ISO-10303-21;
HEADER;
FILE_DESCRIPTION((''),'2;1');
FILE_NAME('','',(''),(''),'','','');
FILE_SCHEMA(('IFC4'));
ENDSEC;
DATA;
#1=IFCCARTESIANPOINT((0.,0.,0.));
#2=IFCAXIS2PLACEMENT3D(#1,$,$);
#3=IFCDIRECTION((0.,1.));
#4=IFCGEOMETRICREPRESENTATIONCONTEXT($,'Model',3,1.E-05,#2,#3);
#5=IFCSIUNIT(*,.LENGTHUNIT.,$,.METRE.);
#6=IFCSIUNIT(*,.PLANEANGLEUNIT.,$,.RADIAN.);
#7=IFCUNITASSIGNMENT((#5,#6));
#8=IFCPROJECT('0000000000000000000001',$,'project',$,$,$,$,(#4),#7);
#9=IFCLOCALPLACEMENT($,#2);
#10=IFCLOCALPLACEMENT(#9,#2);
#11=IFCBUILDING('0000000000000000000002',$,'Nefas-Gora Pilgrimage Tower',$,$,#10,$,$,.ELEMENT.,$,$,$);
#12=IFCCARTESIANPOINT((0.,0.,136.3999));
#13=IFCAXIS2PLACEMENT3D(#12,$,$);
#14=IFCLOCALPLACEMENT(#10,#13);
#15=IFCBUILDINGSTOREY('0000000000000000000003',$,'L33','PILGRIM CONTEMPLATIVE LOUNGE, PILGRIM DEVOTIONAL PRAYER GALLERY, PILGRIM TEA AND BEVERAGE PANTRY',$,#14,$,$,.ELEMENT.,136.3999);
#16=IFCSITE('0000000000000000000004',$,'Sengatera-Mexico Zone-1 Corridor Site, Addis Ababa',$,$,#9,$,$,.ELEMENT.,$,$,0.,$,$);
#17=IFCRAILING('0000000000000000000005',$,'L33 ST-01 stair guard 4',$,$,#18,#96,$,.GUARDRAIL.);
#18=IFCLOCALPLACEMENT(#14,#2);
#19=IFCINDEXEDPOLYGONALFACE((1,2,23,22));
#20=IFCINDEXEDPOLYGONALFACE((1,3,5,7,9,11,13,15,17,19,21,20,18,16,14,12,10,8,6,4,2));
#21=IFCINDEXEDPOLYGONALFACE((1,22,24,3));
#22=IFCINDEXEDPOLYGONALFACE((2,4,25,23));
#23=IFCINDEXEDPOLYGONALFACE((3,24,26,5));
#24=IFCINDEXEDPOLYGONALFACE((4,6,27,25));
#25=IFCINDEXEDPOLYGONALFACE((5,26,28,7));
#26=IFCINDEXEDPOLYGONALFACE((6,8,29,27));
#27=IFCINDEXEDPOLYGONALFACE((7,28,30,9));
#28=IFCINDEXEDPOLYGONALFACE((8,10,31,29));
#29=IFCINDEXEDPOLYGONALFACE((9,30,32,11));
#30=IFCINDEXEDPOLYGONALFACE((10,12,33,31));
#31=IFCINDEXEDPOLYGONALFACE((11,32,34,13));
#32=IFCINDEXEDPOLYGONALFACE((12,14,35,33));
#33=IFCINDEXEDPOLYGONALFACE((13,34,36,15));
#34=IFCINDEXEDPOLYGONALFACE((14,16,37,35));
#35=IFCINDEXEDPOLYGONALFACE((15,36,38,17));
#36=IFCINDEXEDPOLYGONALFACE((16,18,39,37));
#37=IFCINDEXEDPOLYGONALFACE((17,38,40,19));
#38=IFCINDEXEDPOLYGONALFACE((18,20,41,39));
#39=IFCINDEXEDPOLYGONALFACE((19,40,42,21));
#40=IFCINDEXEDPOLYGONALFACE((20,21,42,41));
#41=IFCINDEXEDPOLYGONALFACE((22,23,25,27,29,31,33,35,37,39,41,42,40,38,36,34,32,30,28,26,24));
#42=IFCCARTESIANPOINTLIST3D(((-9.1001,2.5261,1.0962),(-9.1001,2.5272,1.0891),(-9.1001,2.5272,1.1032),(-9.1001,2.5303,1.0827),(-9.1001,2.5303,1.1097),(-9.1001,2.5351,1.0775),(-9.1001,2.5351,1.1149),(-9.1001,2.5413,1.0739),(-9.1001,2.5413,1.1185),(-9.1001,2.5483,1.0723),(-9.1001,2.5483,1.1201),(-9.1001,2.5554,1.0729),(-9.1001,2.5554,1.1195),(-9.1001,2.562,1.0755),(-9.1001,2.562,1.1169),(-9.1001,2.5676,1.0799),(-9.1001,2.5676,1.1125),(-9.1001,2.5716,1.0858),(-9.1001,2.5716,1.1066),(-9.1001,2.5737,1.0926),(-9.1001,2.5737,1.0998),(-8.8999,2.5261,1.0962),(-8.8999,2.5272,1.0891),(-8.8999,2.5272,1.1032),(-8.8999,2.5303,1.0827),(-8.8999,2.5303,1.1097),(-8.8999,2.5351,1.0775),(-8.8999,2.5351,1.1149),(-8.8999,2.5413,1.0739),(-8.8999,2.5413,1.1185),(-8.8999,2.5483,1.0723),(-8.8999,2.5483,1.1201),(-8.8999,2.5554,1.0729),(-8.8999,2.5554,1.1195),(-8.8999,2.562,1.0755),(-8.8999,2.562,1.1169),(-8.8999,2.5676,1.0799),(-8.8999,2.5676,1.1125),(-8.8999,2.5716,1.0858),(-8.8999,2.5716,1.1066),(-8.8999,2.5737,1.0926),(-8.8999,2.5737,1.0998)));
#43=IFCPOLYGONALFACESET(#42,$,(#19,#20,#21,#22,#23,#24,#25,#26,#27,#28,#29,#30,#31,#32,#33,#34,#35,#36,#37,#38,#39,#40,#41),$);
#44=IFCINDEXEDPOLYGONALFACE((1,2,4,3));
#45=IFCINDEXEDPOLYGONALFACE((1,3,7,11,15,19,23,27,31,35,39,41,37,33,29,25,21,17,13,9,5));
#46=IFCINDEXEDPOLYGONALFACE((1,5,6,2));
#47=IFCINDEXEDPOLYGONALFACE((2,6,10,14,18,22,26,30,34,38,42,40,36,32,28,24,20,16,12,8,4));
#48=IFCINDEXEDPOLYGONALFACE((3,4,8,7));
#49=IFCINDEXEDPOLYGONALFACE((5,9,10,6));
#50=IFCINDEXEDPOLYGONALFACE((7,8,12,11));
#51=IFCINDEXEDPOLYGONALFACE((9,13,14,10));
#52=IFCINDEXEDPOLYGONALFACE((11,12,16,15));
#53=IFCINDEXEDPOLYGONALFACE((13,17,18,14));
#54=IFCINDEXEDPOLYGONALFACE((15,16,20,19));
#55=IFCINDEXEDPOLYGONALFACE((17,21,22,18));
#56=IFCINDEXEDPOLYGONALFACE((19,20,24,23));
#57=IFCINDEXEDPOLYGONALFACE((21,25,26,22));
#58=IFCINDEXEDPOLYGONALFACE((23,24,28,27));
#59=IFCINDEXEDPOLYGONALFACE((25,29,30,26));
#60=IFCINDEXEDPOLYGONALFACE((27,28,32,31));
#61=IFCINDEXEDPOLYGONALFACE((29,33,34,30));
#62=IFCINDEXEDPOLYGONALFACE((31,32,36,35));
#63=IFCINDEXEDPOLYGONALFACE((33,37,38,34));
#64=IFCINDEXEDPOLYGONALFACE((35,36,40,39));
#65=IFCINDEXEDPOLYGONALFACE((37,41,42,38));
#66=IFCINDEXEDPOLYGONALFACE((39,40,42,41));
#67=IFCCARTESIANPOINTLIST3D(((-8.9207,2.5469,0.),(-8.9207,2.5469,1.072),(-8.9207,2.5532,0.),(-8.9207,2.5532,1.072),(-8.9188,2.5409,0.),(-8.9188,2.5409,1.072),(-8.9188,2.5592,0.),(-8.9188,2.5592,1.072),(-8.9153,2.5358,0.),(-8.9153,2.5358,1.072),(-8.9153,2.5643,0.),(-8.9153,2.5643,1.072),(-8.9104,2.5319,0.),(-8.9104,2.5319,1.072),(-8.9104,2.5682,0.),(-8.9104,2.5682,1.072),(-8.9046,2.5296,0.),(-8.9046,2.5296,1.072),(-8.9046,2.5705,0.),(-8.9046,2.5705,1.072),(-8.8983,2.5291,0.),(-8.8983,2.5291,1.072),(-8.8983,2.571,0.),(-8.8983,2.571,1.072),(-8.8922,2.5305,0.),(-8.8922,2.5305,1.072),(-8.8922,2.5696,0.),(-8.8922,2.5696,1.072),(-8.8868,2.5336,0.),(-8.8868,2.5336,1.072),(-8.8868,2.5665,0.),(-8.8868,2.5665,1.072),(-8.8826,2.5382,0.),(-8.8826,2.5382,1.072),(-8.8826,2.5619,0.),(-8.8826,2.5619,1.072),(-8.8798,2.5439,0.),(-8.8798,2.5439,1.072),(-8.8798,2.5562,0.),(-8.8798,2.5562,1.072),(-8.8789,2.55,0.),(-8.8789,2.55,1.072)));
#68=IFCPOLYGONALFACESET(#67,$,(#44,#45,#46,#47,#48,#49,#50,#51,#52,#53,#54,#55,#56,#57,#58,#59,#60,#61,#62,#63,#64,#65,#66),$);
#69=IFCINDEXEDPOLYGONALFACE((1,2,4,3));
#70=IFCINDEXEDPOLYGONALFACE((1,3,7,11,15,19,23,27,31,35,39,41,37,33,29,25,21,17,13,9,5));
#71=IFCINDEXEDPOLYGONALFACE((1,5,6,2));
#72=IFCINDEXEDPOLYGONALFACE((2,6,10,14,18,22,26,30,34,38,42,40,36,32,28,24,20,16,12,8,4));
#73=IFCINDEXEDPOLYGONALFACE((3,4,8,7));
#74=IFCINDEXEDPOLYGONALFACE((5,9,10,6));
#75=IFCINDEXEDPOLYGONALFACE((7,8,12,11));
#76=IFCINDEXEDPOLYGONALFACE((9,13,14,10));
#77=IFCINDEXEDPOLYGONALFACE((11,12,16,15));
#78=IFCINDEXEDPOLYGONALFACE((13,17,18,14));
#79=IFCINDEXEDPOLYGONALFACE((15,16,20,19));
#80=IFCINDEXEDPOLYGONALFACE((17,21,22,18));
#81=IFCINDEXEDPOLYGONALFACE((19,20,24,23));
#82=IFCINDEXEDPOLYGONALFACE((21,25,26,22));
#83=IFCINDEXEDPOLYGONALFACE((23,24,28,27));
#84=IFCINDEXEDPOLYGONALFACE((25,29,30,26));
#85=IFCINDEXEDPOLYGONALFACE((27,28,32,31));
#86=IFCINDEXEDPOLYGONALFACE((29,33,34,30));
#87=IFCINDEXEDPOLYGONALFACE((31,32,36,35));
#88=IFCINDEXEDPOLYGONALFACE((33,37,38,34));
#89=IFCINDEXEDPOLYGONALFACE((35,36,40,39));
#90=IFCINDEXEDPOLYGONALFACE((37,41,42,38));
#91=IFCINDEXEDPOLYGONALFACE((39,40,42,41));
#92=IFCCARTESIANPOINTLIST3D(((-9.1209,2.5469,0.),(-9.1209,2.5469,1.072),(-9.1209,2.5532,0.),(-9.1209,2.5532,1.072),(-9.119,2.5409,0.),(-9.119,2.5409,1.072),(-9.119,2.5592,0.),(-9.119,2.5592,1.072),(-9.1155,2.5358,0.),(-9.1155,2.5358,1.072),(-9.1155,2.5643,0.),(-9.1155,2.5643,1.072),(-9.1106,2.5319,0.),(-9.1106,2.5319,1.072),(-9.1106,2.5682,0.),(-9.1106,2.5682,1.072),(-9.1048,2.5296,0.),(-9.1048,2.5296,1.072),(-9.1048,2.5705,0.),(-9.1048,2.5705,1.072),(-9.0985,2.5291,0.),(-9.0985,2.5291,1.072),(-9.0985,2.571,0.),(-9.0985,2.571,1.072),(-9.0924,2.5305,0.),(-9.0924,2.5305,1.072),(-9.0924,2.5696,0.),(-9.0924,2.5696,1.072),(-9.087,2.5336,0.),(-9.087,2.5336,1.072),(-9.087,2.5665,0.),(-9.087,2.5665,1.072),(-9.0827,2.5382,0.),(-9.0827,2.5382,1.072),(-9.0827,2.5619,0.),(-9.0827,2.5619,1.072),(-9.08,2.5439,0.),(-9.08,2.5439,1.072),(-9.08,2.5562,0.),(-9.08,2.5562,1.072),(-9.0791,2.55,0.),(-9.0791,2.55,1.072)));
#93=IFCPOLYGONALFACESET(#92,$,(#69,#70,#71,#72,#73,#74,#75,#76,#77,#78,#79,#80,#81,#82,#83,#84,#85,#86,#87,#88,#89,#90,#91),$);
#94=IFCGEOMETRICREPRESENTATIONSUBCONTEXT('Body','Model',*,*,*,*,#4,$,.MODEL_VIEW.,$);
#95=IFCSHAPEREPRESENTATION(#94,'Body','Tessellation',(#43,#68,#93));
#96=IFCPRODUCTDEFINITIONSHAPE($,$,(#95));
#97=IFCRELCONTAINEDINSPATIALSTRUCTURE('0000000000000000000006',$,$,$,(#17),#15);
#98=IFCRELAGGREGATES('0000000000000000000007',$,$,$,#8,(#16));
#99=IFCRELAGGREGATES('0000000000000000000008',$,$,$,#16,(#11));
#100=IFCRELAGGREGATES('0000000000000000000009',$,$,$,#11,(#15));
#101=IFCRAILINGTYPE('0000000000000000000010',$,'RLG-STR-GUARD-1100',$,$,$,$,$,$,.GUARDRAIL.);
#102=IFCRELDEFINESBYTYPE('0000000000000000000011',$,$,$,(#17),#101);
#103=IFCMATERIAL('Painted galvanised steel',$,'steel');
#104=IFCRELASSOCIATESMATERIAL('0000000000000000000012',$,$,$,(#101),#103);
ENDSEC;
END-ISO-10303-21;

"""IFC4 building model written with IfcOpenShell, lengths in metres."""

from ifc_helpers import new_model, si_unit, direction, frame, origin, origin_2d, place, context, subcontext, project, spatial, circle, extrude, material, type_object, element, save


model = new_model("IFC4")

# Units and contexts
model_context = context("Model", 3, precision=1e-05, world=origin(), true_north=direction((0.0, 1.0)))
body_context = subcontext(model_context, "Body", "Model", "MODEL_VIEW")
ifc_project = project(units=[si_unit("LENGTHUNIT", "METRE"), si_unit("PLANEANGLEUNIT", "RADIAN")], contexts=[model_context])

# Site, building, storey
site_placement = place(None, origin())
site = spatial("IfcSite", under=ifc_project, at=site_placement, Name="Sengatera-Mexico Zone-1 Corridor Site, Addis Ababa", CompositionType="ELEMENT", RefElevation=0.0)
building_placement = place(site_placement, origin())
building = spatial("IfcBuilding", under=site, at=building_placement, Name="Nefas-Gora Pilgrimage Tower", CompositionType="ELEMENT")
storey_placement = place(building_placement, frame((0.0, 0.0, 136.3999)))
storey = spatial("IfcBuildingStorey", under=building, at=storey_placement, Name="L33", Description="PILGRIM CONTEMPLATIVE LOUNGE, PILGRIM DEVOTIONAL PRAYER GALLERY, PILGRIM TEA AND BEVERAGE PANTRY", CompositionType="ELEMENT", Elevation=136.3999)

# Railing
ifc_material_1 = material(Name="Painted galvanised steel", Category="steel")
railing_type_1 = type_object("IfcRailingType", Name="RLG-STR-GUARD-1100", PredefinedType="GUARDRAIL", material=ifc_material_1)
railing_1_placement = place(storey_placement, frame((-8.8999, 2.55, 0.0)))
element("IfcRailing", 1, at=railing_1_placement, inside=storey, type_object=railing_type_1, Name="L33 ST-01 stair guard 4", PredefinedType="GUARDRAIL", context=body_context, shape_type="SweptSolid", body=[
    extrude(circle(Radius=0.0239, at=origin_2d()), frame((0.0, 0.0, 1.0962), z_axis=(-1.0, 0.0, 0.0), x_axis=(0.0, -1.0, 0.0)), (0.0, 0.0, 1.0), 0.2002),
    extrude(circle(Radius=0.021, at=origin_2d()), origin(), (0.0, 0.0, 1.0), 1.072),
    extrude(circle(Radius=0.021, at=origin_2d()), frame((-0.2002, 0.0, 0.0)), (0.0, 0.0, 1.0), 1.072),
])

save(model, "model.ifc")
